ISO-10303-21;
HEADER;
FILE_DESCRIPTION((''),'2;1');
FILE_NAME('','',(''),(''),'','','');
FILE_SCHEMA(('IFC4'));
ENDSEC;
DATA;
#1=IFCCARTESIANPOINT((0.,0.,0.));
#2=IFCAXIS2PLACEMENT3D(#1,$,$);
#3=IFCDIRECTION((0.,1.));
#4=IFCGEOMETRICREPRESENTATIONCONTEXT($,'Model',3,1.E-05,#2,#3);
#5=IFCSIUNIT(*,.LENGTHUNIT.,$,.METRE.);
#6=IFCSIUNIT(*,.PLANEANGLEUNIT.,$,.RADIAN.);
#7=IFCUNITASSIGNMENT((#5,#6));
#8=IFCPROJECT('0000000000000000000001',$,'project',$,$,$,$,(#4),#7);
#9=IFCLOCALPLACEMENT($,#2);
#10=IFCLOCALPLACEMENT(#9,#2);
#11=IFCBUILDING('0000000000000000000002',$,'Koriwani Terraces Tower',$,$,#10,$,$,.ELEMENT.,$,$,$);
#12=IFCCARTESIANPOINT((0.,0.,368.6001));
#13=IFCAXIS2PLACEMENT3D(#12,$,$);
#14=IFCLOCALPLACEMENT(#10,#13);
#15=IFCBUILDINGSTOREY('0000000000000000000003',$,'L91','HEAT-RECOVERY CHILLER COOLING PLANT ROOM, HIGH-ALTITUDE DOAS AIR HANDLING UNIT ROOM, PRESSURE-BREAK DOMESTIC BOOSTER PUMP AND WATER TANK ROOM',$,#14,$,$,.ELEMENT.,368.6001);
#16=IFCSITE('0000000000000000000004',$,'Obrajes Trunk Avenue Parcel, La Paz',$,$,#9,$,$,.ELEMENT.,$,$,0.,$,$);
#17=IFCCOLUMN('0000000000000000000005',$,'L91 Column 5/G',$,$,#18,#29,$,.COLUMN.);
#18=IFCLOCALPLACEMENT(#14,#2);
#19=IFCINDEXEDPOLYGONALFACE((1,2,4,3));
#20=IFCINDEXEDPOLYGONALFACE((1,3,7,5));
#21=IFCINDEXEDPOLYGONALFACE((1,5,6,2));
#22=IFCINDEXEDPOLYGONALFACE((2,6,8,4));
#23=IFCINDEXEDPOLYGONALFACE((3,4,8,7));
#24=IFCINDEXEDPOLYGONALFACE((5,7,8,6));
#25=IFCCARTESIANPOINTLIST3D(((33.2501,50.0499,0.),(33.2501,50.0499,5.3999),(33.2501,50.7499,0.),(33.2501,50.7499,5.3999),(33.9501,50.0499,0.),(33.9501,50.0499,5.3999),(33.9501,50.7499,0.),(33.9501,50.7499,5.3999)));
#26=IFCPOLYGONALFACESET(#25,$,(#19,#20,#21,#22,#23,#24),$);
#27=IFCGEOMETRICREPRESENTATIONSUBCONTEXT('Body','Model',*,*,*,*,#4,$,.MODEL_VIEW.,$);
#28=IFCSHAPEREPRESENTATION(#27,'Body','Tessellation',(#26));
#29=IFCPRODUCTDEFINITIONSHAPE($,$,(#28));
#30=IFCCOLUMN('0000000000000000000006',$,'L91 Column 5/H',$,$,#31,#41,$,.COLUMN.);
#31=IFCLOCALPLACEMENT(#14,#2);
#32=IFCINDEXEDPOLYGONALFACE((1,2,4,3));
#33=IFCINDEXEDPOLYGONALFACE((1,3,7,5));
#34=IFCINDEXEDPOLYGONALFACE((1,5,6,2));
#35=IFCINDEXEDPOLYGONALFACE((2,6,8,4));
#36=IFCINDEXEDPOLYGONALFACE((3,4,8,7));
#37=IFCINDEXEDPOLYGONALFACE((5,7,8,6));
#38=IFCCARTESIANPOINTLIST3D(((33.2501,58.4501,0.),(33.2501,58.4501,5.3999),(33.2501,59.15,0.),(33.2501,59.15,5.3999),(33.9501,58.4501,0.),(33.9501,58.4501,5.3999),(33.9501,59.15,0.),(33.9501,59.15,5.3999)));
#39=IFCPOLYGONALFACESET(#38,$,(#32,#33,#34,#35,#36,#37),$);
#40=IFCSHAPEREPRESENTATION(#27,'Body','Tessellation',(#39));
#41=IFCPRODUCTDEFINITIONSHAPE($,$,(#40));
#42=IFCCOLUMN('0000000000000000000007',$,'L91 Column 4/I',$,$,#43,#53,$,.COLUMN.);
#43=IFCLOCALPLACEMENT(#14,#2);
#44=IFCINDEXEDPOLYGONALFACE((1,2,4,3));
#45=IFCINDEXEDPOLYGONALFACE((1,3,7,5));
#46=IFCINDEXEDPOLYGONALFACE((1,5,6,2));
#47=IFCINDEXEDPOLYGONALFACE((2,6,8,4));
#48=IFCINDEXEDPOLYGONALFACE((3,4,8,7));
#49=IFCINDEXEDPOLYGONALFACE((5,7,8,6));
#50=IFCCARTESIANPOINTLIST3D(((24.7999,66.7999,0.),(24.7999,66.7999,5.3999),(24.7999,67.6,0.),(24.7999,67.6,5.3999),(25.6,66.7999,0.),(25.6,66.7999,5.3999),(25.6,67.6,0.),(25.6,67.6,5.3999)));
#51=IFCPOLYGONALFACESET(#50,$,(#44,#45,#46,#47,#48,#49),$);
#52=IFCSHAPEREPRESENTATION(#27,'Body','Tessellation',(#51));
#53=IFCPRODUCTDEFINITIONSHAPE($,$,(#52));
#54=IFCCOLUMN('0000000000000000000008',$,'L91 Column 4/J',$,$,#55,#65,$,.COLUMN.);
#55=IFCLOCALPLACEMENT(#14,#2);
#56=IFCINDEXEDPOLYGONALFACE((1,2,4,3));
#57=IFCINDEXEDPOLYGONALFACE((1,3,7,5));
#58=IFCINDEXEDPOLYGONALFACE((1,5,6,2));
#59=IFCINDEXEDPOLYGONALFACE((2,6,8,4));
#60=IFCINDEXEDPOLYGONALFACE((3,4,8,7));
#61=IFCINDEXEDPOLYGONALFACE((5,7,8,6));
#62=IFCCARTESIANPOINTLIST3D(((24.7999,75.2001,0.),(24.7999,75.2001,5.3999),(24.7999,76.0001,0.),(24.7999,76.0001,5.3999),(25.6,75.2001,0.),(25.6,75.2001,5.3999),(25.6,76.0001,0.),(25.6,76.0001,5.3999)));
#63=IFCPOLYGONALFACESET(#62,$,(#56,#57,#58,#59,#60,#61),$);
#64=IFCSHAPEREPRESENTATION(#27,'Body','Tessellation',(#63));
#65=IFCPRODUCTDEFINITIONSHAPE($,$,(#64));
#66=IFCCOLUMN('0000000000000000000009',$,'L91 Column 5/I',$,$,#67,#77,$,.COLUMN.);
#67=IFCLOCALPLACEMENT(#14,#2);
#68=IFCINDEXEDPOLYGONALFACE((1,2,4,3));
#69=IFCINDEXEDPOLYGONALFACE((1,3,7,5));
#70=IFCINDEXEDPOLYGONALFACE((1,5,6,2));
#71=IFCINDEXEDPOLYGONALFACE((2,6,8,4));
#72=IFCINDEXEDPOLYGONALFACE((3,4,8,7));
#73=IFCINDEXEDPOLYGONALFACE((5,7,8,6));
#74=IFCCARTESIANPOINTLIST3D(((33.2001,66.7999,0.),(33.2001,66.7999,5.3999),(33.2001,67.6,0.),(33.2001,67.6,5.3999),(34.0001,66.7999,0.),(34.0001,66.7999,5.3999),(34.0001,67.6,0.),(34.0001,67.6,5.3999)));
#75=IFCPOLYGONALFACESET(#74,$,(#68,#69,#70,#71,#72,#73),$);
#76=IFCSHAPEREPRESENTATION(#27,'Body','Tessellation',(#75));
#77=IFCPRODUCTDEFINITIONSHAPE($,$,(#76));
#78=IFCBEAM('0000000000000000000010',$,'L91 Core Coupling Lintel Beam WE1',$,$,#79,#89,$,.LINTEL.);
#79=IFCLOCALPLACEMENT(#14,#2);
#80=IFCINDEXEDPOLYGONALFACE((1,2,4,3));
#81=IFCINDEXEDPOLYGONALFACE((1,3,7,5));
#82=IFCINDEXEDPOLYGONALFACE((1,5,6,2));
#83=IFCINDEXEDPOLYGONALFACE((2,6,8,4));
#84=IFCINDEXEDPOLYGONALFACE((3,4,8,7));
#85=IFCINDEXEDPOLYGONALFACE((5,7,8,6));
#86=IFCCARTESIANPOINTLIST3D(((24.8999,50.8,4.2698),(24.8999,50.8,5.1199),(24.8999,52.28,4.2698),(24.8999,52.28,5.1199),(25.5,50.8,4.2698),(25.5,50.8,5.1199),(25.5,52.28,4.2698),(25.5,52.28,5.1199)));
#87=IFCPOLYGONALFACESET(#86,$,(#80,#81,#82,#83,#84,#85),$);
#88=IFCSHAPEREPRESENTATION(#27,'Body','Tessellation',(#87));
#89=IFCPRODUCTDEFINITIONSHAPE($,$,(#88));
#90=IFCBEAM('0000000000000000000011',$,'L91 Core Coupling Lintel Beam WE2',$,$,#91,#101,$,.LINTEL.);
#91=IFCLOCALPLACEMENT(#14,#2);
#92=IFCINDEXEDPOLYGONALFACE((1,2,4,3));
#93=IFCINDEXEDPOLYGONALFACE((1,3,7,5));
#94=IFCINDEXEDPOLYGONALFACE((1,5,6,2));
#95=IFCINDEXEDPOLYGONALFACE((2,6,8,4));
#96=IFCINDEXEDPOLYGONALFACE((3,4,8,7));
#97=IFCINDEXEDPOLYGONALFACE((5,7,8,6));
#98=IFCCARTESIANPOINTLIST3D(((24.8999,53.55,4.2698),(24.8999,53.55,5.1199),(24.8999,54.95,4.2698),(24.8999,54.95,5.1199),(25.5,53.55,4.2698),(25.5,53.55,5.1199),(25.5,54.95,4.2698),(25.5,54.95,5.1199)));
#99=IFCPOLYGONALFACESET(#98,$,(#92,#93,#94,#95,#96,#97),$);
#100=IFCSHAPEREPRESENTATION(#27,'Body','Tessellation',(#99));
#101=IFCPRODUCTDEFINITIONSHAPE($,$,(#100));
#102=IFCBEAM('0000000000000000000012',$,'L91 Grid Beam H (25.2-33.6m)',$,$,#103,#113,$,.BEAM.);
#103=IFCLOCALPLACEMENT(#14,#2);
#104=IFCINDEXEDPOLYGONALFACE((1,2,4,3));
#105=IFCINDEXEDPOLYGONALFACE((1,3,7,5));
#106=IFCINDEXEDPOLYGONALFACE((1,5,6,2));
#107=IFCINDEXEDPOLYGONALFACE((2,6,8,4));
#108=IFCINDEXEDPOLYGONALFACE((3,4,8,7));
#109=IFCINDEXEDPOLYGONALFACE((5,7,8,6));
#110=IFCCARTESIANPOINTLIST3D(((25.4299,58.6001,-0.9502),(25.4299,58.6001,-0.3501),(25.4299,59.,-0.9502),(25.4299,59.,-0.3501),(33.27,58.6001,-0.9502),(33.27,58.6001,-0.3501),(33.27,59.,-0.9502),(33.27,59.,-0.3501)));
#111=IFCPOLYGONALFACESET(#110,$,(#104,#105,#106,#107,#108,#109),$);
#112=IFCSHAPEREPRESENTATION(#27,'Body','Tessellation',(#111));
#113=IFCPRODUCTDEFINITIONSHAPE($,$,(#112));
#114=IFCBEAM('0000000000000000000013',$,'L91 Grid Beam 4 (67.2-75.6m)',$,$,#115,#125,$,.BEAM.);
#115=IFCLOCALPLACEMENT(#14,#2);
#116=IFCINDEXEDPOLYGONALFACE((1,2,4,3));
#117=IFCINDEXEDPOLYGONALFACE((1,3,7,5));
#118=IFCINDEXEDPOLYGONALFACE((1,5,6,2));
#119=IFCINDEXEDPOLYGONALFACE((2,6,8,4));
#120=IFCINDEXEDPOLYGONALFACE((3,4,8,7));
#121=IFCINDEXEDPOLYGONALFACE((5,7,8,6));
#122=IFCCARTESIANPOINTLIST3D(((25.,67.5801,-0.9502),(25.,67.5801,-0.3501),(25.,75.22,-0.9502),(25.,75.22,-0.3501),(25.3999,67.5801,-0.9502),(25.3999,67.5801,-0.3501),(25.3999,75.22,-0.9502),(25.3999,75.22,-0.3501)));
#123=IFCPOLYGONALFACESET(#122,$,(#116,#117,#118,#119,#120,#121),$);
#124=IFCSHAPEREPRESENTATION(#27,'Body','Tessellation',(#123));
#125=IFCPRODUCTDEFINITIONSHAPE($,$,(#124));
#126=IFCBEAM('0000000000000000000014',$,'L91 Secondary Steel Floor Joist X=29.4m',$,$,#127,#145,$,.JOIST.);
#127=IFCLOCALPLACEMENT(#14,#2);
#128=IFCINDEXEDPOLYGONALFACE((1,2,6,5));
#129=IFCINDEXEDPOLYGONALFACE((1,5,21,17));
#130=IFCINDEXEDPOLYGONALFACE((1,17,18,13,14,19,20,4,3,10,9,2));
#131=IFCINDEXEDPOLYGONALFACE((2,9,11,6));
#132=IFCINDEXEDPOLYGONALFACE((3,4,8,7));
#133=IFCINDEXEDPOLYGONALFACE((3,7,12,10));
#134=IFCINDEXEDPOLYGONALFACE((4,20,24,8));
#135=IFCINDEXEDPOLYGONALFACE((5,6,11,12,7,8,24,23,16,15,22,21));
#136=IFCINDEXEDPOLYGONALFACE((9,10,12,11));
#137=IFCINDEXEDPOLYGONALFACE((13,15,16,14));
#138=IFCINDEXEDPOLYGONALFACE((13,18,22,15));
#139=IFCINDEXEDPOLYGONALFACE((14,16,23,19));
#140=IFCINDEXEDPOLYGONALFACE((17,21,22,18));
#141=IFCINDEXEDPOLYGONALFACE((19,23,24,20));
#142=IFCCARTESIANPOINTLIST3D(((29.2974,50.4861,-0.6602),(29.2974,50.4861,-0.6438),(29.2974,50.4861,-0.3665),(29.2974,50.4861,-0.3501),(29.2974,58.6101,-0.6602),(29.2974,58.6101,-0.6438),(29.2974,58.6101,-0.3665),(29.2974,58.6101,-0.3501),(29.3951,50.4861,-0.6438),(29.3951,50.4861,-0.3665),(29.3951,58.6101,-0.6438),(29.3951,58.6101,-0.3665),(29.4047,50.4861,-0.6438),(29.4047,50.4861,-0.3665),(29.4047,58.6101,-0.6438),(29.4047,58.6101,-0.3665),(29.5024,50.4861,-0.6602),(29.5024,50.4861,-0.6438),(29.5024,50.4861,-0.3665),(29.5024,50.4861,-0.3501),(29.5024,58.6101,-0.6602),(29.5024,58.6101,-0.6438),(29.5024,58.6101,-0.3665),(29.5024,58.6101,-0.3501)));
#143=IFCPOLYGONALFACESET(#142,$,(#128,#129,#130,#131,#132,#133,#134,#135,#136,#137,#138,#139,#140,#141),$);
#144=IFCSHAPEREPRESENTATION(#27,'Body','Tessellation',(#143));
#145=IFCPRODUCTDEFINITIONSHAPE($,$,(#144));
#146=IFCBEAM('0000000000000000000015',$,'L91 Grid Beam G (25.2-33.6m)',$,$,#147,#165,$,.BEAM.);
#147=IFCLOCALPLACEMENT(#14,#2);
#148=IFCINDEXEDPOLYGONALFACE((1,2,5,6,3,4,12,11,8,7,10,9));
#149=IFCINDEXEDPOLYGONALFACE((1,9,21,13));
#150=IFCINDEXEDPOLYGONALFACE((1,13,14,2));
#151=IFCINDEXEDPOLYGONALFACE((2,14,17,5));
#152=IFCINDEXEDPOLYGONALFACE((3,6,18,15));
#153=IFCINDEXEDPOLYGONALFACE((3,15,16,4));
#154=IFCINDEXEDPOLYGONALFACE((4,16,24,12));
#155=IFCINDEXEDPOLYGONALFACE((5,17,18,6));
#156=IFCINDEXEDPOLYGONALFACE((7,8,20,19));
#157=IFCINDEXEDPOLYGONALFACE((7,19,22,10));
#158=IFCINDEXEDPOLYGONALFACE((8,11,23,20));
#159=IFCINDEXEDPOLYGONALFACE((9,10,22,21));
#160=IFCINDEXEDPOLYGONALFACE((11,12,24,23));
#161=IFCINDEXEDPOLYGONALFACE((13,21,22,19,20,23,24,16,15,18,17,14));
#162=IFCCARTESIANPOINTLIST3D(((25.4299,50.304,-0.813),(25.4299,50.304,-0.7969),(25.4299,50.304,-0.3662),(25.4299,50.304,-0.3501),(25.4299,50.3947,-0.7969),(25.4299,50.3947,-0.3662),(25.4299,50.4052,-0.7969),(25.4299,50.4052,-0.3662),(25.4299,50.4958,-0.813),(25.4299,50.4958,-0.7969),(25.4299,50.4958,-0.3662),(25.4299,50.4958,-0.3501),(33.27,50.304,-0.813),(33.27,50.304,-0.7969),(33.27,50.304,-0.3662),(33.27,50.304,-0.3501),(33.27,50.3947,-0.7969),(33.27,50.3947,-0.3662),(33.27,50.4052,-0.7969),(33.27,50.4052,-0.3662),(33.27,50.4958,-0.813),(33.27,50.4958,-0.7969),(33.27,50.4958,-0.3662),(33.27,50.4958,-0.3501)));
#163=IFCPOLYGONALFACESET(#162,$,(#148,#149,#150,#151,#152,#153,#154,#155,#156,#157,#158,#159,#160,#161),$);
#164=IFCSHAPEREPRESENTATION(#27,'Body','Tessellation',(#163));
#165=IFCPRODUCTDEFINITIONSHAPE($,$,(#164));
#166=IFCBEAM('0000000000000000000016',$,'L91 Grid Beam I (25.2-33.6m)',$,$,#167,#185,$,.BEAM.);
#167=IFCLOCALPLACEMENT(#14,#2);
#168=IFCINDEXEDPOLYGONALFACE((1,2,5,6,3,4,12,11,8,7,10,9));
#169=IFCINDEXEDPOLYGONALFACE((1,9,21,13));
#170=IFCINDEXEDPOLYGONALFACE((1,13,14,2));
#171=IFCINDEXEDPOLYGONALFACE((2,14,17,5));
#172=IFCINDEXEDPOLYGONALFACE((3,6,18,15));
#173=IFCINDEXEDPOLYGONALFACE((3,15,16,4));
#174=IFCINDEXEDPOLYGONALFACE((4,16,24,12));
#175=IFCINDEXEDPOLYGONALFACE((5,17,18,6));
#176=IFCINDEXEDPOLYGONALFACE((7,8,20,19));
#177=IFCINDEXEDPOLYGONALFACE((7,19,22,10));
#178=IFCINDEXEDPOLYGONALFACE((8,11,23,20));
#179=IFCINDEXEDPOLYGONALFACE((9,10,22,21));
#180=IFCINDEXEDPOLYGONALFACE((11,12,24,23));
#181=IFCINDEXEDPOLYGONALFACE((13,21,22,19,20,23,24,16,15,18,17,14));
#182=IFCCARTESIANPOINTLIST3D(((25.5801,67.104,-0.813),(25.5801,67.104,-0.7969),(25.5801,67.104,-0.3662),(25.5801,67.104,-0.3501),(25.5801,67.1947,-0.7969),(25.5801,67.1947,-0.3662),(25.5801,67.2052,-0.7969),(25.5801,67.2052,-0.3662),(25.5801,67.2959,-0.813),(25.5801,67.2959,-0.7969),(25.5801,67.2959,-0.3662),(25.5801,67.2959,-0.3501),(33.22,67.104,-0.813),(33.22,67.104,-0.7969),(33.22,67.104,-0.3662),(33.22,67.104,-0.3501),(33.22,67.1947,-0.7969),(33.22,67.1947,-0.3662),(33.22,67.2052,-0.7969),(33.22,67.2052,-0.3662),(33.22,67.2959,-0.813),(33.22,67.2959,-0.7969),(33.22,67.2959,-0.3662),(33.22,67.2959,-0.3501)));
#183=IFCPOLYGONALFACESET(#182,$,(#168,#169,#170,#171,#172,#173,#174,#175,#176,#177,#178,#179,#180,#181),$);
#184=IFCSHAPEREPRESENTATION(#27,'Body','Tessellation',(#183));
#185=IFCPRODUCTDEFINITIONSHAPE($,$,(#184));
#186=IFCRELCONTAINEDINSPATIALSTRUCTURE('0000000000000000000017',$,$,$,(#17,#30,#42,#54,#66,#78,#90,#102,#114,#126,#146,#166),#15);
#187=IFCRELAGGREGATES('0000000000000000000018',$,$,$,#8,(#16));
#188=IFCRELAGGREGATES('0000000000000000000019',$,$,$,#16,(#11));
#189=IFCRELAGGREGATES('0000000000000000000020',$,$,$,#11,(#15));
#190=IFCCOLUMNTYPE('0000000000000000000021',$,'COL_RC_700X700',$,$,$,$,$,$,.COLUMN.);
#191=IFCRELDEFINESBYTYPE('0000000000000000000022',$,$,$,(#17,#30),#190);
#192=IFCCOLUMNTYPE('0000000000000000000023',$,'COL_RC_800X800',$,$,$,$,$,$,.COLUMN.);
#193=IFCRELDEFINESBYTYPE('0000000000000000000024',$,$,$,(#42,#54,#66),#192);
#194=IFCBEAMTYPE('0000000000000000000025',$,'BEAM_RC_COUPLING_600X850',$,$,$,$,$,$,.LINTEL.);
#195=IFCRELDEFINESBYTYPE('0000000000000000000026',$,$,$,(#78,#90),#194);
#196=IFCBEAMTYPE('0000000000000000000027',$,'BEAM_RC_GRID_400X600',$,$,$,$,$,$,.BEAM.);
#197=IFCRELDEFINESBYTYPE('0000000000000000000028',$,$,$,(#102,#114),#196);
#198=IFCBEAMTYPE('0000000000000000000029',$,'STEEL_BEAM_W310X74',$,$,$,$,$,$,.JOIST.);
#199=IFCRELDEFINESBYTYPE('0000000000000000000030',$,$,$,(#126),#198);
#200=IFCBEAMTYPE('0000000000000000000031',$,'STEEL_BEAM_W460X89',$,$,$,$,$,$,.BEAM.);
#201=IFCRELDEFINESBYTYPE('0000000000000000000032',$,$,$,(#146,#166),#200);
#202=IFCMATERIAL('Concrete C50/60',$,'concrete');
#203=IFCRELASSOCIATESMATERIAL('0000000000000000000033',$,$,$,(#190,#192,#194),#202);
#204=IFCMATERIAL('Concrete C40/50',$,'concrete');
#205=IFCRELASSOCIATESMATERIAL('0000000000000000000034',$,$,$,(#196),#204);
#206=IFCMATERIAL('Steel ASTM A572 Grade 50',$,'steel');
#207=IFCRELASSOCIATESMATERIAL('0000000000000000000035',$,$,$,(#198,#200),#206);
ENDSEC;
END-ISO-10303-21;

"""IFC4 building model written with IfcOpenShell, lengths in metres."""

from ifc_helpers import new_model, si_unit, direction, frame, origin, origin_2d, place, context, subcontext, project, spatial, rectangle, i_section, extrude, material, material_profile, profile_set, type_object, element, save


model = new_model("IFC4")

# Units and contexts
model_context = context("Model", 3, precision=1e-05, world=origin(), true_north=direction((0.0, 1.0)))
body_context = subcontext(model_context, "Body", "Model", "MODEL_VIEW")
ifc_project = project(units=[si_unit("LENGTHUNIT", "METRE"), si_unit("PLANEANGLEUNIT", "RADIAN")], contexts=[model_context])

# Site, building, storey
site_placement = place(None, origin())
site = spatial("IfcSite", under=ifc_project, at=site_placement, Name="Obrajes Trunk Avenue Parcel, La Paz", CompositionType="ELEMENT", RefElevation=0.0)
building_placement = place(site_placement, origin())
building = spatial("IfcBuilding", under=site, at=building_placement, Name="Koriwani Terraces Tower", CompositionType="ELEMENT")
storey_placement = place(building_placement, frame((0.0, 0.0, 368.6001)))
storey = spatial("IfcBuildingStorey", under=building, at=storey_placement, Name="L91", Description="HEAT-RECOVERY CHILLER COOLING PLANT ROOM, HIGH-ALTITUDE DOAS AIR HANDLING UNIT ROOM, PRESSURE-BREAK DOMESTIC BOOSTER PUMP AND WATER TANK ROOM", CompositionType="ELEMENT", Elevation=368.6001)

# Columns
ifc_material_1 = material(Name="Concrete C50/60", Category="concrete")
ifc_material_profile_1 = material_profile(ifc_material_1, rectangle(XDim=0.7, YDim=0.7, at=origin_2d()), Name="Concrete C50/60", Category="LoadBearing")
ifc_profile_set_1 = profile_set([ifc_material_profile_1], Name="Concrete C50/60")
column_type_1 = type_object("IfcColumnType", Name="COL_RC_700X700", PredefinedType="COLUMN", material=ifc_profile_set_1)
for number, where, z_axis, x_axis, name in (
    (1, (33.6001, 50.3999, 0.0), (0.0, 0.0, 1.0), (1.0, 0.0, 0.0), "L91 Column 5/G"),
    (2, (33.6001, 58.8, 0.0), (0.0, 0.0, 1.0), (1.0, 0.0, 0.0), "L91 Column 5/H"),
):
    element("IfcColumn", number, at=place(storey_placement, frame(where, z_axis=z_axis, x_axis=x_axis)), inside=storey, type_object=column_type_1, Name=name, PredefinedType="COLUMN", context=body_context, shape_type="SweptSolid", body=[
        extrude(rectangle(XDim=0.7, YDim=0.7, at=origin_2d()), origin(), (0.0, 0.0, 1.0), 5.3999),
    ])
ifc_material_profile_2 = material_profile(ifc_material_1, rectangle(XDim=0.8, YDim=0.8, at=origin_2d()), Name="Concrete C50/60", Category="LoadBearing")
ifc_profile_set_2 = profile_set([ifc_material_profile_2], Name="Concrete C50/60")
column_type_2 = type_object("IfcColumnType", Name="COL_RC_800X800", PredefinedType="COLUMN", material=ifc_profile_set_2)
for number, where, z_axis, x_axis, name in (
    (3, (25.2, 67.2, 0.0), (0.0, 0.0, 1.0), (1.0, 0.0, 0.0), "L91 Column 4/I"),
    (4, (25.2, 75.6001, 0.0), (0.0, 0.0, 1.0), (1.0, 0.0, 0.0), "L91 Column 4/J"),
    (5, (33.6001, 67.2, 0.0), (0.0, 0.0, 1.0), (1.0, 0.0, 0.0), "L91 Column 5/I"),
):
    element("IfcColumn", number, at=place(storey_placement, frame(where, z_axis=z_axis, x_axis=x_axis)), inside=storey, type_object=column_type_2, Name=name, PredefinedType="COLUMN", context=body_context, shape_type="SweptSolid", body=[
        extrude(rectangle(XDim=0.8, YDim=0.8, at=origin_2d()), origin(), (0.0, 0.0, 1.0), 5.3999),
    ])

# Beams
ifc_material_profile_3 = material_profile(ifc_material_1, rectangle(XDim=0.6001, YDim=0.8501, at=origin_2d()), Name="Concrete C50/60", Category="LoadBearing")
ifc_profile_set_3 = profile_set([ifc_material_profile_3], Name="Concrete C50/60")
beam_type_1 = type_object("IfcBeamType", Name="BEAM_RC_COUPLING_600X850", PredefinedType="LINTEL", material=ifc_profile_set_3)
beam_1_placement = place(storey_placement, frame((25.2, 50.8, 4.6948), z_axis=(0.0, 1.0, 0.0), x_axis=(-1.0, 0.0, 0.0)))
element("IfcBeam", 6, at=beam_1_placement, inside=storey, type_object=beam_type_1, Name="L91 Core Coupling Lintel Beam WE1", PredefinedType="LINTEL", context=body_context, shape_type="SweptSolid", body=[
    extrude(rectangle(XDim=0.6001, YDim=0.8501, at=origin_2d()), origin(), (0.0, 0.0, 1.0), 1.48),
])
beam_2_placement = place(storey_placement, frame((25.2, 53.55, 4.6948), z_axis=(0.0, 1.0, 0.0), x_axis=(-1.0, 0.0, 0.0)))
element("IfcBeam", 7, at=beam_2_placement, inside=storey, type_object=beam_type_1, Name="L91 Core Coupling Lintel Beam WE2", PredefinedType="LINTEL", context=body_context, shape_type="SweptSolid", body=[
    extrude(rectangle(XDim=0.6001, YDim=0.8501, at=origin_2d()), origin(), (0.0, 0.0, 1.0), 1.3999),
])
ifc_material_2 = material(Name="Concrete C40/50", Category="concrete")
ifc_material_profile_4 = material_profile(ifc_material_2, rectangle(XDim=0.3999, YDim=0.6001, at=origin_2d()), Name="Concrete C40/50", Category="LoadBearing")
ifc_profile_set_4 = profile_set([ifc_material_profile_4], Name="Concrete C40/50")
beam_type_2 = type_object("IfcBeamType", Name="BEAM_RC_GRID_400X600", PredefinedType="BEAM", material=ifc_profile_set_4)
beam_3_placement = place(storey_placement, frame((25.4299, 58.8, -0.6501), z_axis=(1.0, 0.0, 0.0), x_axis=(0.0, 1.0, 0.0)))
element("IfcBeam", 8, at=beam_3_placement, inside=storey, type_object=beam_type_2, Name="L91 Grid Beam H (25.2-33.6m)", PredefinedType="BEAM", context=body_context, shape_type="SweptSolid", body=[
    extrude(rectangle(XDim=0.3999, YDim=0.6001, at=origin_2d()), origin(), (0.0, 0.0, 1.0), 7.8401),
])
beam_4_placement = place(storey_placement, frame((25.2, 67.5801, -0.6501), z_axis=(0.0, 1.0, 0.0), x_axis=(-1.0, 0.0, 0.0)))
element("IfcBeam", 9, at=beam_4_placement, inside=storey, type_object=beam_type_2, Name="L91 Grid Beam 4 (67.2-75.6m)", PredefinedType="BEAM", context=body_context, shape_type="SweptSolid", body=[
    extrude(rectangle(XDim=0.3999, YDim=0.6001, at=origin_2d()), origin(), (0.0, 0.0, 1.0), 7.6399),
])
ifc_material_3 = material(Name="Steel ASTM A572 Grade 50", Category="steel")
ifc_material_profile_5 = material_profile(ifc_material_3, i_section(OverallWidth=0.2051, OverallDepth=0.3101, WebThickness=0.0095, FlangeThickness=0.0164, at=origin_2d()), Name="Steel ASTM A572 Grade 50", Category="LoadBearing")
ifc_profile_set_5 = profile_set([ifc_material_profile_5], Name="Steel ASTM A572 Grade 50")
beam_type_3 = type_object("IfcBeamType", Name="STEEL_BEAM_W310X74", PredefinedType="JOIST", material=ifc_profile_set_5)
beam_5_placement = place(storey_placement, frame((29.3999, 50.4861, -0.5051), z_axis=(0.0, 1.0, 0.0), x_axis=(-1.0, 0.0, 0.0)))
element("IfcBeam", 10, at=beam_5_placement, inside=storey, type_object=beam_type_3, Name="L91 Secondary Steel Floor Joist X=29.4m", PredefinedType="JOIST", context=body_context, shape_type="SweptSolid", body=[
    extrude(i_section(OverallWidth=0.2051, OverallDepth=0.3101, WebThickness=0.0095, FlangeThickness=0.0164, at=origin_2d()), origin(), (0.0, 0.0, 1.0), 8.124),
])
ifc_material_profile_6 = material_profile(ifc_material_3, i_section(OverallWidth=0.1919, OverallDepth=0.4629, WebThickness=0.0105, FlangeThickness=0.0161, at=origin_2d()), Name="Steel ASTM A572 Grade 50", Category="LoadBearing")
ifc_profile_set_6 = profile_set([ifc_material_profile_6], Name="Steel ASTM A572 Grade 50")
beam_type_4 = type_object("IfcBeamType", Name="STEEL_BEAM_W460X89", PredefinedType="BEAM", material=ifc_profile_set_6)
beam_6_placement = place(storey_placement, frame((25.4299, 50.3999, -0.5815), z_axis=(1.0, 0.0, 0.0), x_axis=(0.0, 1.0, 0.0)))
element("IfcBeam", 11, at=beam_6_placement, inside=storey, type_object=beam_type_4, Name="L91 Grid Beam G (25.2-33.6m)", PredefinedType="BEAM", context=body_context, shape_type="SweptSolid", body=[
    extrude(i_section(OverallWidth=0.1919, OverallDepth=0.4629, WebThickness=0.0105, FlangeThickness=0.0161, at=origin_2d()), origin(), (0.0, 0.0, 1.0), 7.8401),
])
beam_7_placement = place(storey_placement, frame((25.5801, 67.2, -0.5815), z_axis=(1.0, 0.0, 0.0), x_axis=(0.0, 1.0, 0.0)))
element("IfcBeam", 12, at=beam_7_placement, inside=storey, type_object=beam_type_4, Name="L91 Grid Beam I (25.2-33.6m)", PredefinedType="BEAM", context=body_context, shape_type="SweptSolid", body=[
    extrude(i_section(OverallWidth=0.1919, OverallDepth=0.4629, WebThickness=0.0105, FlangeThickness=0.0161, at=origin_2d()), origin(), (0.0, 0.0, 1.0), 7.6399),
])

save(model, "model.ifc")
